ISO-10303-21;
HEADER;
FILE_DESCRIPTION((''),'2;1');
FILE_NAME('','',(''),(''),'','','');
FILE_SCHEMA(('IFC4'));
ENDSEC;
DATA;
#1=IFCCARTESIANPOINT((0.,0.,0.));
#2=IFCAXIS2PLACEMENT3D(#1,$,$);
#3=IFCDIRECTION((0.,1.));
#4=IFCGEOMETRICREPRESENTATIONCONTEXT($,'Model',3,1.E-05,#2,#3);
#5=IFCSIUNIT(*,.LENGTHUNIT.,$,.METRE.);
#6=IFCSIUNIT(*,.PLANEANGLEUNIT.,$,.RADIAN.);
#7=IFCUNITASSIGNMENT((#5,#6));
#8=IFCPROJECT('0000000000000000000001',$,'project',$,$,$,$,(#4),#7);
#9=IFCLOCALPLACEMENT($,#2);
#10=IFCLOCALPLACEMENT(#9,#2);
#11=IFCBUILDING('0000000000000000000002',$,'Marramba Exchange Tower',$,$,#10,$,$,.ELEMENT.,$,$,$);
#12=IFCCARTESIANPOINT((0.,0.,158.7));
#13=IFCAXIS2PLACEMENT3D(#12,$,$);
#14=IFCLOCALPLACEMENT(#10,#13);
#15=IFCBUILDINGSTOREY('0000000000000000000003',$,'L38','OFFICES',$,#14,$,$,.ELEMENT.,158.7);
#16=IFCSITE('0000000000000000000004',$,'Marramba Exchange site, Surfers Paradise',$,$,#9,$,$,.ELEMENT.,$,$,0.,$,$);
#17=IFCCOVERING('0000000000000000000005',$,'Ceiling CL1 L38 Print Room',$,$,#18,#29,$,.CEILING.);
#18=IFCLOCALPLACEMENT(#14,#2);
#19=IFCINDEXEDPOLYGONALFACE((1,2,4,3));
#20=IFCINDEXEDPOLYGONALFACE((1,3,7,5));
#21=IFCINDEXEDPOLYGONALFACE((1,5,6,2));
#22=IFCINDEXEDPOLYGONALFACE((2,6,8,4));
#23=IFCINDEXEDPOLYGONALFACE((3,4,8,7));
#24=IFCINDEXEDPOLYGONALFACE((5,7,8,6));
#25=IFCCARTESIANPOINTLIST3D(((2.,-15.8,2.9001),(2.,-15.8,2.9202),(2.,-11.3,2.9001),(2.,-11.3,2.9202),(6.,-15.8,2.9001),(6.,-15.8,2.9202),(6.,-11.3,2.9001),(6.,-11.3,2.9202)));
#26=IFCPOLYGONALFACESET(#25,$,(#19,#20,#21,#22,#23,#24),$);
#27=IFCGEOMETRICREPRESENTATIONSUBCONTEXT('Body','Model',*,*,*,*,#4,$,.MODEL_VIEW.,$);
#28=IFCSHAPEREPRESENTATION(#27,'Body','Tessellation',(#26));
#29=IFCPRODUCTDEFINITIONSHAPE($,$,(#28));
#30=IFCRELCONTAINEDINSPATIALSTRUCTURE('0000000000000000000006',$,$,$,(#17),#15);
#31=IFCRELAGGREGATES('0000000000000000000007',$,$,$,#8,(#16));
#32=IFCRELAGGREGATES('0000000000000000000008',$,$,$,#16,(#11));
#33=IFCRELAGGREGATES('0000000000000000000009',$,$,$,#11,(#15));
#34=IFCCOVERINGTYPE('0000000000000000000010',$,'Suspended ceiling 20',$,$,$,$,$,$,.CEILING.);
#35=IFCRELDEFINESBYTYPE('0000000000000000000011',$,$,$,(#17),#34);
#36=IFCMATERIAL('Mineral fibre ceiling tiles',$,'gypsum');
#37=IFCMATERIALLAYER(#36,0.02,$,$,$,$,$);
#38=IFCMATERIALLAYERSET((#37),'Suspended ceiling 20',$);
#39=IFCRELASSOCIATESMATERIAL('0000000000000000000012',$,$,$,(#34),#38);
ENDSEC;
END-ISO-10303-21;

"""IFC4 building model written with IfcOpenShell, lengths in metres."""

from ifc_helpers import new_model, si_unit, direction, frame, origin, place, context, subcontext, project, spatial, polyline, outline, extrude, material, layer, layer_set, type_object, element, save


model = new_model("IFC4")

# Units and contexts
model_context = context("Model", 3, precision=1e-05, world=origin(), true_north=direction((0.0, 1.0)))
body_context = subcontext(model_context, "Body", "Model", "MODEL_VIEW")
ifc_project = project(units=[si_unit("LENGTHUNIT", "METRE"), si_unit("PLANEANGLEUNIT", "RADIAN")], contexts=[model_context])

# Site, building, storey
site_placement = place(None, origin())
site = spatial("IfcSite", under=ifc_project, at=site_placement, Name="Marramba Exchange site, Surfers Paradise", CompositionType="ELEMENT", RefElevation=0.0)
building_placement = place(site_placement, origin())
building = spatial("IfcBuilding", under=site, at=building_placement, Name="Marramba Exchange Tower", CompositionType="ELEMENT")
storey_placement = place(building_placement, frame((0.0, 0.0, 158.7)))
storey = spatial("IfcBuildingStorey", under=building, at=storey_placement, Name="L38", Description="OFFICES", CompositionType="ELEMENT", Elevation=158.7)

# Covering
ifc_material_1 = material(Name="Mineral fibre ceiling tiles", Category="gypsum")
ifc_layer_1 = layer(ifc_material_1, 0.02)
ifc_layer_set_1 = layer_set([ifc_layer_1], Name="Suspended ceiling 20")
covering_type = type_object("IfcCoveringType", Name="Suspended ceiling 20", PredefinedType="CEILING", material=ifc_layer_set_1)
covering_1_placement = place(storey_placement, frame((0.0, 0.0, 2.9001)))
element("IfcCovering", 1, at=covering_1_placement, inside=storey, type_object=covering_type, Name="Ceiling CL1 L38 Print Room", PredefinedType="CEILING", context=body_context, shape_type="SweptSolid", body=[
    extrude(outline(polyline([(6.0, -15.8), (2.0, -15.8), (2.0, -11.3), (6.0, -11.3), (6.0, -15.8)])), origin(), (0.0, 0.0, 1.0), 0.02),
])

save(model, "model.ifc")
